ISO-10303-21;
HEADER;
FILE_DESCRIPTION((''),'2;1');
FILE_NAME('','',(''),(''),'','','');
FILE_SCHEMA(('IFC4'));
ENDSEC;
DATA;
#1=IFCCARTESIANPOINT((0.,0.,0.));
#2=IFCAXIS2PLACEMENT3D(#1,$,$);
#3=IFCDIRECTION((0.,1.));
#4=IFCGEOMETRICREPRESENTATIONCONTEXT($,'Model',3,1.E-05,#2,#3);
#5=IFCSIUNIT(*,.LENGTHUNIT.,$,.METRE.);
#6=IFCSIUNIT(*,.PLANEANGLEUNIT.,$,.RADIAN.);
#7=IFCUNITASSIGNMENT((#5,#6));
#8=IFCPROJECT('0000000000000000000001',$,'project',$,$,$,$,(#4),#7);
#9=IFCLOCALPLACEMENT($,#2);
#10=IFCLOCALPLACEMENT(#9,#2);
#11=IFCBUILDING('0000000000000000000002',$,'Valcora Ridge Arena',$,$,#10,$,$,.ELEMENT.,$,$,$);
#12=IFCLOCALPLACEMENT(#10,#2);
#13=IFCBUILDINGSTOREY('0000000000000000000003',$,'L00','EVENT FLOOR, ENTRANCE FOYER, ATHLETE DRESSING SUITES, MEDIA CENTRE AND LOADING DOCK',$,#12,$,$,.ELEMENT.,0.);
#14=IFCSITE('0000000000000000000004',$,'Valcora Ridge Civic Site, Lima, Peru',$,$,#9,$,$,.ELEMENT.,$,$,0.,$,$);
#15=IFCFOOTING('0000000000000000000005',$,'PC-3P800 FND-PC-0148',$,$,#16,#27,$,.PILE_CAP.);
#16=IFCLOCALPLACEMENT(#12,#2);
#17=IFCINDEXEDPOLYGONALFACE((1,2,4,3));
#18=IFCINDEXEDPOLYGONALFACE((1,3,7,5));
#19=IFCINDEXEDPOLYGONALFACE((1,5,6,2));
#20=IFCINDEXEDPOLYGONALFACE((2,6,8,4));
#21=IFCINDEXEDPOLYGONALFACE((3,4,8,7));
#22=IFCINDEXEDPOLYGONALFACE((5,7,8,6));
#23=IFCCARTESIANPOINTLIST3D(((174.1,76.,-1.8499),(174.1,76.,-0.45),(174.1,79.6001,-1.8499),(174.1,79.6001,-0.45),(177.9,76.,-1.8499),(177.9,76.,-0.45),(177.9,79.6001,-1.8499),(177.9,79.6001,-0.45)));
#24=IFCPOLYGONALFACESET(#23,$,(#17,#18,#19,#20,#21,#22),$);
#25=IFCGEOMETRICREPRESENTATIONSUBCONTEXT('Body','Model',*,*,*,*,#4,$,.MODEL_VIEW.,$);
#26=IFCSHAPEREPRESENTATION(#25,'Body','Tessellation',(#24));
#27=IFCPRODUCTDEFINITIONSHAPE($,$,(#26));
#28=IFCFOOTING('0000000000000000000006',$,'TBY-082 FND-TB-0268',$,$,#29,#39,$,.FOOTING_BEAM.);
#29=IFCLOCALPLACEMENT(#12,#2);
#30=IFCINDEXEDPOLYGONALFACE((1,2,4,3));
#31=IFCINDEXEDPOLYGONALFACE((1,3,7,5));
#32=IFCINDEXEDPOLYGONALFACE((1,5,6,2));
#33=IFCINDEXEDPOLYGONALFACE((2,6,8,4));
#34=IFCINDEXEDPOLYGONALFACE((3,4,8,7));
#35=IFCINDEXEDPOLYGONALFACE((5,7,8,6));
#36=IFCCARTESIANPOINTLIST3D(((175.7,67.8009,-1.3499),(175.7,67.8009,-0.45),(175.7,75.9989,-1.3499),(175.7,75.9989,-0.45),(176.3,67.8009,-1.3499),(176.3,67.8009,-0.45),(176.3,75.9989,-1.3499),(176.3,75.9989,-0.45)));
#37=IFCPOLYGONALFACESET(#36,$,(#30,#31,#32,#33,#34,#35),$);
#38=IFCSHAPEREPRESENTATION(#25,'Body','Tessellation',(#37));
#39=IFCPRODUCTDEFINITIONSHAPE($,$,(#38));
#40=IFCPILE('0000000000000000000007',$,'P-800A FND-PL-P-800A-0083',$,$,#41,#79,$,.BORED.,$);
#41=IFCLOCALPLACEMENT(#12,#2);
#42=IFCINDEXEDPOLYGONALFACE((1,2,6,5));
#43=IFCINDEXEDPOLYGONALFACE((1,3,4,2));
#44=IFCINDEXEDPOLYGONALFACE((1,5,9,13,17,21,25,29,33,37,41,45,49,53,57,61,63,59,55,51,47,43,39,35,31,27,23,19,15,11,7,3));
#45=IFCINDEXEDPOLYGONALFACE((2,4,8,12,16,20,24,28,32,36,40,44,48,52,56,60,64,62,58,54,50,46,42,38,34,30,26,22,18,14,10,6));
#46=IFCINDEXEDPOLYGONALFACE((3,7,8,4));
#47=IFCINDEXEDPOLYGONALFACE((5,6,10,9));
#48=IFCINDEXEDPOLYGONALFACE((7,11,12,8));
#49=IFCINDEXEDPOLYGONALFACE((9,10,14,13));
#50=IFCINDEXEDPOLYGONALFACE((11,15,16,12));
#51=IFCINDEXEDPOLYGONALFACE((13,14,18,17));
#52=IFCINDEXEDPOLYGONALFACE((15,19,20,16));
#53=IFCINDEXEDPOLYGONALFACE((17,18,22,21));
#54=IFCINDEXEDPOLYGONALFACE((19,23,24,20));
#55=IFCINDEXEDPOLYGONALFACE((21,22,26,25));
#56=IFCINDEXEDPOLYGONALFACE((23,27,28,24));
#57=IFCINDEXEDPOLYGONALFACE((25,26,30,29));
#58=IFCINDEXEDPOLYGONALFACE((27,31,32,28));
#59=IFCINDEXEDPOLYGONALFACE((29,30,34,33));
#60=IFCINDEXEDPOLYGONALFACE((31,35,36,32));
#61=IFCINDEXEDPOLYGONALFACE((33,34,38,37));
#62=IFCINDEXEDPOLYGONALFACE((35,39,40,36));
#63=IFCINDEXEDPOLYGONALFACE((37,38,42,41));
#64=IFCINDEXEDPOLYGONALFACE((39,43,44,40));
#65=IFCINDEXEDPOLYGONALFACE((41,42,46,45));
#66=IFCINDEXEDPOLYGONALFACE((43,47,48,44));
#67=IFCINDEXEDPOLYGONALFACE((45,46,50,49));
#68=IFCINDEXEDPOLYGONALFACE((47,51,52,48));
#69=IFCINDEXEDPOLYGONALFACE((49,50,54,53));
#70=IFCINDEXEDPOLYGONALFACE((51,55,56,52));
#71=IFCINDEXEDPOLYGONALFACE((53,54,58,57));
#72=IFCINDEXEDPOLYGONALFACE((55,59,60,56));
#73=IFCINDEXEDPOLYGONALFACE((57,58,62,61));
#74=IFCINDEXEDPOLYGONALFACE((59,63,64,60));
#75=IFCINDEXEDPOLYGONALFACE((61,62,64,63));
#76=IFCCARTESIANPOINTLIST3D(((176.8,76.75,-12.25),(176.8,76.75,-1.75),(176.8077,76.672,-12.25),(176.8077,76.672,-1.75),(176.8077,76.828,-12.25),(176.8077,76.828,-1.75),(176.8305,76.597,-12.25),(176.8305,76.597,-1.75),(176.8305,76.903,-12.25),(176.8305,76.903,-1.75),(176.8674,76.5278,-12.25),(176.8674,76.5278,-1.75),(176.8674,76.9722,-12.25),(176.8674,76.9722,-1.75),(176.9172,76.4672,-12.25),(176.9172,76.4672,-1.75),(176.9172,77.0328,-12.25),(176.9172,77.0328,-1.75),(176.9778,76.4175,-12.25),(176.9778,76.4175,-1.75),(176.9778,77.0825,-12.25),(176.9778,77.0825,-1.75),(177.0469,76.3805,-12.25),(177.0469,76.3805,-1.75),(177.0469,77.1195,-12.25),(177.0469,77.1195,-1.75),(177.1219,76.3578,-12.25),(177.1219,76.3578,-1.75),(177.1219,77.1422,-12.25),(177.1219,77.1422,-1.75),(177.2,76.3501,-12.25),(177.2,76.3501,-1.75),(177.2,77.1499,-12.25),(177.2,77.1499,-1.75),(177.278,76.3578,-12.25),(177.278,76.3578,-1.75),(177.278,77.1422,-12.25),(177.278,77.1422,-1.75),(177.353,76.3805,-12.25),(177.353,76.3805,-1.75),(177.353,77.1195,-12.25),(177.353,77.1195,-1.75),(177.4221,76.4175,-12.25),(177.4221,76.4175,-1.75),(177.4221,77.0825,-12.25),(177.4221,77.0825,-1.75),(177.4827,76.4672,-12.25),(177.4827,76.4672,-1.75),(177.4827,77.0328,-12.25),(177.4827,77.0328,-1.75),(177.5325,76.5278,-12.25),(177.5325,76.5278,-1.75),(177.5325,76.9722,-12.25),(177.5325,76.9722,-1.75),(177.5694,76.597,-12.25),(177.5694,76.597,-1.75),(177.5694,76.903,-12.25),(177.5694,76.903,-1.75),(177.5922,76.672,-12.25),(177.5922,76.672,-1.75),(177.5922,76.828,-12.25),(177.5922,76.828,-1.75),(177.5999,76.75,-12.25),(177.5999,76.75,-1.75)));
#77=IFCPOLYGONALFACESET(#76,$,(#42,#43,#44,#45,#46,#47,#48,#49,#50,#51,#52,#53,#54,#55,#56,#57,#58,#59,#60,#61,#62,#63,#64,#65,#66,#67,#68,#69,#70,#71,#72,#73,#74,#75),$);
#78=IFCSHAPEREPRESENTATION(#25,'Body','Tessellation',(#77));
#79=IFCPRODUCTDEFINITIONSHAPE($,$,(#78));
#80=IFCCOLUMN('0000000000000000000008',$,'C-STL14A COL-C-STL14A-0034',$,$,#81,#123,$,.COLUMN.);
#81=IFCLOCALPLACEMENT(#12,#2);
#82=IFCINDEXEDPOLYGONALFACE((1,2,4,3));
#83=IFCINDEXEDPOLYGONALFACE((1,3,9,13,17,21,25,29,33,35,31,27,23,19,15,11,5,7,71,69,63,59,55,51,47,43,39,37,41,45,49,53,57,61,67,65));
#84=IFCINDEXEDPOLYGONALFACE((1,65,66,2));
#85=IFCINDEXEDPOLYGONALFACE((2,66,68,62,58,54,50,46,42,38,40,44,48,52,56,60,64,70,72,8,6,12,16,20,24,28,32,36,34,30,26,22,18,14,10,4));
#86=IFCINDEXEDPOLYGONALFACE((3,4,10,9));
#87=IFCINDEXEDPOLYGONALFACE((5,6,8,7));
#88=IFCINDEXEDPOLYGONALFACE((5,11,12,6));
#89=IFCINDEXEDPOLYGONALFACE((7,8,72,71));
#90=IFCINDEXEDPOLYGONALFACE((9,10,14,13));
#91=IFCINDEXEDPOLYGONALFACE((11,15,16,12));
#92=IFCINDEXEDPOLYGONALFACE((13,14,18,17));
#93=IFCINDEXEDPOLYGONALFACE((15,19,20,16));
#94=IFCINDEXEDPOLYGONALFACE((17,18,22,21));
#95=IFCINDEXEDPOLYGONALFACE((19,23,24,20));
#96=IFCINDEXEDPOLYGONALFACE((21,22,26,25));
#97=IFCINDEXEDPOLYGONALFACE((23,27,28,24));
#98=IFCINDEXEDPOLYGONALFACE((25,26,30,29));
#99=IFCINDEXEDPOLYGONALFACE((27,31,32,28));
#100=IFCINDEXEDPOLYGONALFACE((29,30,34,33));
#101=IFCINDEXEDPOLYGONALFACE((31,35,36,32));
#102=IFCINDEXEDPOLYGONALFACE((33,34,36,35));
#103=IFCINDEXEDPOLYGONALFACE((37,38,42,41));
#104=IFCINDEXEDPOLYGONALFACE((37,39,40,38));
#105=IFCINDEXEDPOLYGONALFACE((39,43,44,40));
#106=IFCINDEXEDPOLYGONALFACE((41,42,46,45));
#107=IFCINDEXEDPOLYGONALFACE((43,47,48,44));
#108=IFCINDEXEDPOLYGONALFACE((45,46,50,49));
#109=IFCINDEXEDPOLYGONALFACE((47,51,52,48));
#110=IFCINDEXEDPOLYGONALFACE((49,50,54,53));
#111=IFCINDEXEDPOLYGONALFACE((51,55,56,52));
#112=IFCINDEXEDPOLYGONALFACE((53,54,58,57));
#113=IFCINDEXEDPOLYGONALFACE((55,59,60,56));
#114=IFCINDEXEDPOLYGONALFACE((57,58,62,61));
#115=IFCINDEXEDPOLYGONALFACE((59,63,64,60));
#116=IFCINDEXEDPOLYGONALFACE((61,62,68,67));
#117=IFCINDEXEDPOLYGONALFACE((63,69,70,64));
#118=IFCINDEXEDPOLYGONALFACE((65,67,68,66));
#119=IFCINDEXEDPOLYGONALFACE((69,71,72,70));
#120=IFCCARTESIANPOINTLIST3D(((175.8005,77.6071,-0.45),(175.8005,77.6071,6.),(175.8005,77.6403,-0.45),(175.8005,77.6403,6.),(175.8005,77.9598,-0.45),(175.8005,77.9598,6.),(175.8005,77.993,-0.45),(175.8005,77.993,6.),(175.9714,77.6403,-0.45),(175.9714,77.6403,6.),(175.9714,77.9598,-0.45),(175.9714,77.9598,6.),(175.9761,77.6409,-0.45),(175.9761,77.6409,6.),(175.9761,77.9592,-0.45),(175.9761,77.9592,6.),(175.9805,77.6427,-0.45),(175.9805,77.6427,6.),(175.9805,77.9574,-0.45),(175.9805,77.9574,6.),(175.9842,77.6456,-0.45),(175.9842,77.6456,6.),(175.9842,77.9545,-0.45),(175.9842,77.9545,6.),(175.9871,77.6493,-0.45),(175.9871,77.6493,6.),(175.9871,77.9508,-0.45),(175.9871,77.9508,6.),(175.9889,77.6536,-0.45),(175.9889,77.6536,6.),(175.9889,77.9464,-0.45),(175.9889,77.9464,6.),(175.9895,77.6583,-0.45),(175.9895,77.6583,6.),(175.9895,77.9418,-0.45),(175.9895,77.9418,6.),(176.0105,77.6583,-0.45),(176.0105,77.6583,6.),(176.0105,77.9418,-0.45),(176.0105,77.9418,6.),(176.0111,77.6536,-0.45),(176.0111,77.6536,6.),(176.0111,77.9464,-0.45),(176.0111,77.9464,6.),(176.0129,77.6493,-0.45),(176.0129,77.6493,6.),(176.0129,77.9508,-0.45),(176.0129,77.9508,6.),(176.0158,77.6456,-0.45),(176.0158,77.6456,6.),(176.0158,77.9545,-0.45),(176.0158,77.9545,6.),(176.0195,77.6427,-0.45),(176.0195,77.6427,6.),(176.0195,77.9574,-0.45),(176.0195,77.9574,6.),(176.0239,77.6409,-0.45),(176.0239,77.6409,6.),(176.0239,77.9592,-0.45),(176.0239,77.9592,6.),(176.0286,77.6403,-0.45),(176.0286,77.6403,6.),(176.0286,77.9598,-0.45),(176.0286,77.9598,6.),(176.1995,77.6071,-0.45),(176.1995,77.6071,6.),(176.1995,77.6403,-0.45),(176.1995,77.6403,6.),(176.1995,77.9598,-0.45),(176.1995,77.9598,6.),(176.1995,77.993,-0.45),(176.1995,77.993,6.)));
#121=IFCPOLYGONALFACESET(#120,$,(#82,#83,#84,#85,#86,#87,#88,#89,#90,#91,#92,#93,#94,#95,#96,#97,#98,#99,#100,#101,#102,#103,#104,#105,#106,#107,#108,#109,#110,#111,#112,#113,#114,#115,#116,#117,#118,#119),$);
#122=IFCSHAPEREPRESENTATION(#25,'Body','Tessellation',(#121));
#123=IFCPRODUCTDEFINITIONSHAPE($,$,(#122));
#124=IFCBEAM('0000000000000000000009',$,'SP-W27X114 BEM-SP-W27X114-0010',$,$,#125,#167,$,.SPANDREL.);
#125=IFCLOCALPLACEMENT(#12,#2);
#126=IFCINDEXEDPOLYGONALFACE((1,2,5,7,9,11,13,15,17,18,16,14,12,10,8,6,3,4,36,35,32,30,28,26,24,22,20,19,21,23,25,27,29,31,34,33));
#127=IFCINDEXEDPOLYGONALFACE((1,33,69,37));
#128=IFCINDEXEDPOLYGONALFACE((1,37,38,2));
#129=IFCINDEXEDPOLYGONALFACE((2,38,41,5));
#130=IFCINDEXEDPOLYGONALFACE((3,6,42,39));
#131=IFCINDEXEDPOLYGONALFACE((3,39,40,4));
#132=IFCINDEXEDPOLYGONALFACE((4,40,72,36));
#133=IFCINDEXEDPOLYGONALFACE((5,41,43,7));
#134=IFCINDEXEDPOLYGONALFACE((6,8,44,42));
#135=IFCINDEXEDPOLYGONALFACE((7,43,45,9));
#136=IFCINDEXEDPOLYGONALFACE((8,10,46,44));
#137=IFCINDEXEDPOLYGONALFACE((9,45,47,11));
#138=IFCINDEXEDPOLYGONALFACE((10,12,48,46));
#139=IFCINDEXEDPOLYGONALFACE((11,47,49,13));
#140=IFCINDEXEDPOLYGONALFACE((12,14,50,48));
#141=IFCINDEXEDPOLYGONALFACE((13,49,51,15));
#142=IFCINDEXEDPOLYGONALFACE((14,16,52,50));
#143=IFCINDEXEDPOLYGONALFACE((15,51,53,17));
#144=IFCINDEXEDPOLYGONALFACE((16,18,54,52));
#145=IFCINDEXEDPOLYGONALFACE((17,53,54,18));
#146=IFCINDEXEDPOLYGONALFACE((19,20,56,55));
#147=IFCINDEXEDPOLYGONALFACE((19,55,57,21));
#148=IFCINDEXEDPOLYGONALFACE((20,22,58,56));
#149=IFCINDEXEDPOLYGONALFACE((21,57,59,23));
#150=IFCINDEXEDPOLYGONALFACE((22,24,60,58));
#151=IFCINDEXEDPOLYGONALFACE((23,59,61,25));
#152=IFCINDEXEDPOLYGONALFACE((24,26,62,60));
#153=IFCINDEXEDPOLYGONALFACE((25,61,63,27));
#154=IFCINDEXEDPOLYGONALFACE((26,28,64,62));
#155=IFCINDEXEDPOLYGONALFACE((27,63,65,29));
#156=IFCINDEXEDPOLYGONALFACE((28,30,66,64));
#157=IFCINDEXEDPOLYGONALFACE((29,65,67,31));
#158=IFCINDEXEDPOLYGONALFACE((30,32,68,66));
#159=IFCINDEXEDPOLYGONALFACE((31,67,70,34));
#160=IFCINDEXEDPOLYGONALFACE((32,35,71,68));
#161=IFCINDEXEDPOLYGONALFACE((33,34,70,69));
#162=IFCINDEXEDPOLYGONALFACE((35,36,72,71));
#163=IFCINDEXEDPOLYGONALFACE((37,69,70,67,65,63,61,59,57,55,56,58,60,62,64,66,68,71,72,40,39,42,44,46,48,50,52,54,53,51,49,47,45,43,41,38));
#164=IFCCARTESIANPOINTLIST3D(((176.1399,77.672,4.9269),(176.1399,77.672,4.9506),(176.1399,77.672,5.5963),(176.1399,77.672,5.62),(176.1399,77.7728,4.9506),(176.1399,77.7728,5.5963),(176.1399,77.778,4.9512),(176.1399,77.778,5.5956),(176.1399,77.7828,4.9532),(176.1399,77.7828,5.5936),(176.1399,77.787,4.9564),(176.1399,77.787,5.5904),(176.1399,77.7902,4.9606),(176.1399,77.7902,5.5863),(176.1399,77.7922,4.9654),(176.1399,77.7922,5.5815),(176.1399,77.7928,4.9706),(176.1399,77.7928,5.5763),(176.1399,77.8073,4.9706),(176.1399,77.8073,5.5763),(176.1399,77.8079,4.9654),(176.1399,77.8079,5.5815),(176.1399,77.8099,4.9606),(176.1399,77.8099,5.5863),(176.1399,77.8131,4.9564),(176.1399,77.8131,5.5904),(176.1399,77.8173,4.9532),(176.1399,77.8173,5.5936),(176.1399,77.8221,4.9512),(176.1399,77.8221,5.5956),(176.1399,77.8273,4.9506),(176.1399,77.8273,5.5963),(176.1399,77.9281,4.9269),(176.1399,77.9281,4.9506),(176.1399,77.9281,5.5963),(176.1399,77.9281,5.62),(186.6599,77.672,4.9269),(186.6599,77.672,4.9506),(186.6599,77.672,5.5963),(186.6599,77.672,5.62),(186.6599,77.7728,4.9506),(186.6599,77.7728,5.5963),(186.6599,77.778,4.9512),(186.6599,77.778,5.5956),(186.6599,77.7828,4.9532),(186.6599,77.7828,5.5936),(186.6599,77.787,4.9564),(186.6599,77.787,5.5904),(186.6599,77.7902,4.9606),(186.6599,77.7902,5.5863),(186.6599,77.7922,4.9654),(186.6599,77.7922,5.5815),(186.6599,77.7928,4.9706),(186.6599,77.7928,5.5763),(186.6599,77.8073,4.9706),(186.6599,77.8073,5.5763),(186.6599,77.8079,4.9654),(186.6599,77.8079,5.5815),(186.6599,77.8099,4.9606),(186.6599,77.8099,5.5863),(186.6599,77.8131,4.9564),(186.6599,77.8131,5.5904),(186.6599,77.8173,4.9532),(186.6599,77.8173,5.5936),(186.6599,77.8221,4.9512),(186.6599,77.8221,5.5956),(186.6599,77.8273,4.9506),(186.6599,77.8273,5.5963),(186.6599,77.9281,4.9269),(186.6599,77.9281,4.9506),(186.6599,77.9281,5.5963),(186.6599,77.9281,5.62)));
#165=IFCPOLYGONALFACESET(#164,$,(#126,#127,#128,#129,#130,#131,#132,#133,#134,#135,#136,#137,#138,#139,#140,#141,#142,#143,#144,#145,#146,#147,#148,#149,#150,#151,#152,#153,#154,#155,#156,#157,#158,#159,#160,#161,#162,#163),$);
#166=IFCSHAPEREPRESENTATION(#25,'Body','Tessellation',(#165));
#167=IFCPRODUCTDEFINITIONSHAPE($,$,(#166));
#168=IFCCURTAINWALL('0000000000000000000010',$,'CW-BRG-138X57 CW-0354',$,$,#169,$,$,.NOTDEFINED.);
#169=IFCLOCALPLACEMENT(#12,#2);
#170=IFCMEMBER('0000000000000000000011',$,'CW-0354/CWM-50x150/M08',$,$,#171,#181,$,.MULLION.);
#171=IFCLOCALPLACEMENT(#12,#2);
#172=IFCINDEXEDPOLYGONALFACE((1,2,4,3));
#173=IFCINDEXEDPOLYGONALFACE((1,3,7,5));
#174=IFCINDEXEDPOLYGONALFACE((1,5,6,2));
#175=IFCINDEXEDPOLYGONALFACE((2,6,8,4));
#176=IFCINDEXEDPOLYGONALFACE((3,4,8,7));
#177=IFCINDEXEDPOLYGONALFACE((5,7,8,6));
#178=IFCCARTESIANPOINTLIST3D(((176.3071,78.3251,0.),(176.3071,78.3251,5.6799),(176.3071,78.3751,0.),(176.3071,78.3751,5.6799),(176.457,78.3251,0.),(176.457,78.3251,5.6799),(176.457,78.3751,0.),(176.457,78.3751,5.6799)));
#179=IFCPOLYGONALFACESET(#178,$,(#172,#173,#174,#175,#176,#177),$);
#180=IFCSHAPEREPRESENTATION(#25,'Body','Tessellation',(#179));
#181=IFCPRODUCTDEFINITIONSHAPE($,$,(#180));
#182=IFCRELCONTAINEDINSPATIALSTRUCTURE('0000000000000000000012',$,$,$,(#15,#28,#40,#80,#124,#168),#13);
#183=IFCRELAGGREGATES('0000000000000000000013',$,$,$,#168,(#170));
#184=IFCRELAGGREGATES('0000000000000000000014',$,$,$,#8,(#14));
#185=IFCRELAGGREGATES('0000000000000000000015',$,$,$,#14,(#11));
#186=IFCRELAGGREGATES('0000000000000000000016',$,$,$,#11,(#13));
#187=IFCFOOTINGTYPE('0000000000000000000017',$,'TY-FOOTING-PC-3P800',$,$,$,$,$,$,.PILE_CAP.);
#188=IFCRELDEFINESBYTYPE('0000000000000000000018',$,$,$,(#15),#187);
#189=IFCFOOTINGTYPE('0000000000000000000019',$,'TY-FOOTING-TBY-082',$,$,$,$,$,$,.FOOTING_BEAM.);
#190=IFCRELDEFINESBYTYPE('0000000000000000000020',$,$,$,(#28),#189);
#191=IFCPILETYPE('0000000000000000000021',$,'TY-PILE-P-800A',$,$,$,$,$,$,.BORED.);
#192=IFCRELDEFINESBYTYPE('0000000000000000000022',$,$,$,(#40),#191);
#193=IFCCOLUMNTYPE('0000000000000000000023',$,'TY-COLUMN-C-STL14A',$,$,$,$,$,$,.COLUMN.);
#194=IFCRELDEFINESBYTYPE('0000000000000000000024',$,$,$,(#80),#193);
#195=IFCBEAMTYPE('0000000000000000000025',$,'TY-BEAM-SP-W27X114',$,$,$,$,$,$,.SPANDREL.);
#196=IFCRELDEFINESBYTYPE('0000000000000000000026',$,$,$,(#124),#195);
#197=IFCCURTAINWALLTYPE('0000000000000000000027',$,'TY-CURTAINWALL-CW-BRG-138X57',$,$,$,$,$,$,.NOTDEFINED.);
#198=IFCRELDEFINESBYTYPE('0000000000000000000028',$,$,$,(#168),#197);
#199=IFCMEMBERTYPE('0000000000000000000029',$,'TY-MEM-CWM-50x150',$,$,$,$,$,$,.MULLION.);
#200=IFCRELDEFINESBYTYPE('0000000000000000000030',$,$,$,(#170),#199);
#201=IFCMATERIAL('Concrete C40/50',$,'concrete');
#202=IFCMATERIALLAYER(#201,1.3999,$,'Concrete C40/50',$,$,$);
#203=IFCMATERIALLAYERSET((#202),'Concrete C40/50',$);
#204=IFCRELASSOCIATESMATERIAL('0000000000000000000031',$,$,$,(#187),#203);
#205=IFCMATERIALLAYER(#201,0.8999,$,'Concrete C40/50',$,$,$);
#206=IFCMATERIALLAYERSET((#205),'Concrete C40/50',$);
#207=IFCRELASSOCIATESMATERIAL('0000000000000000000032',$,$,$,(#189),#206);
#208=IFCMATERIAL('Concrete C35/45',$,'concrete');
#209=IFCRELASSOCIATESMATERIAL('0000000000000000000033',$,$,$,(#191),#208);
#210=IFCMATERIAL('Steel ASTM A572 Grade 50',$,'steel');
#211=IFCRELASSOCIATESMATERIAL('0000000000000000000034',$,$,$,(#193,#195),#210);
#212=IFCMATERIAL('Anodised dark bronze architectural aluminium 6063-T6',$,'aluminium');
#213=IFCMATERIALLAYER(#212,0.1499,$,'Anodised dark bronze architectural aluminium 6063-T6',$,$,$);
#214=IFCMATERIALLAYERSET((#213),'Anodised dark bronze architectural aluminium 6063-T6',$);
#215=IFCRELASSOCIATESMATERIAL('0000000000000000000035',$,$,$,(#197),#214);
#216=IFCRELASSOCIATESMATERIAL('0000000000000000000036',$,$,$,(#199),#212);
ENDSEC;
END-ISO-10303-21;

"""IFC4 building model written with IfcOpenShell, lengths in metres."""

from ifc_helpers import new_model, si_unit, direction, frame, origin, origin_2d, place, context, subcontext, project, spatial, rectangle, circle, i_section, extrude, material, layer, layer_set, material_profile, profile_set, type_object, element, aggregate, save


model = new_model("IFC4")

# Units and contexts
model_context = context("Model", 3, precision=1e-05, world=origin(), true_north=direction((0.0, 1.0)))
body_context = subcontext(model_context, "Body", "Model", "MODEL_VIEW")
ifc_project = project(units=[si_unit("LENGTHUNIT", "METRE"), si_unit("PLANEANGLEUNIT", "RADIAN")], contexts=[model_context])

# Site, building, storey
site_placement = place(None, origin())
site = spatial("IfcSite", under=ifc_project, at=site_placement, Name="Valcora Ridge Civic Site, Lima, Peru", CompositionType="ELEMENT", RefElevation=0.0)
building_placement = place(site_placement, origin())
building = spatial("IfcBuilding", under=site, at=building_placement, Name="Valcora Ridge Arena", CompositionType="ELEMENT")
storey_placement = place(building_placement, origin())
storey = spatial("IfcBuildingStorey", under=building, at=storey_placement, Name="L00", Description="EVENT FLOOR, ENTRANCE FOYER, ATHLETE DRESSING SUITES, MEDIA CENTRE AND LOADING DOCK", CompositionType="ELEMENT", Elevation=0.0)

# Footings
ifc_material_1 = material(Name="Concrete C40/50", Category="concrete")
ifc_layer_1 = layer(ifc_material_1, 1.3999, Name="Concrete C40/50")
ifc_layer_set_1 = layer_set([ifc_layer_1], Name="Concrete C40/50")
footing_type_1 = type_object("IfcFootingType", Name="TY-FOOTING-PC-3P800", PredefinedType="PILE_CAP", material=ifc_layer_set_1)
footing_1_placement = place(storey_placement, frame((176.0, 77.8, -1.8499), z_axis=(0.0, 0.0, 1.0), x_axis=(1.0, 0.0, 0.0)))
element("IfcFooting", 1, at=footing_1_placement, inside=storey, type_object=footing_type_1, Name="PC-3P800 FND-PC-0148", PredefinedType="PILE_CAP", context=body_context, shape_type="SweptSolid", body=[
    extrude(rectangle(XDim=3.8, YDim=3.6001, at=origin_2d()), origin(), (0.0, 0.0, 1.0), 1.3999),
])
ifc_layer_2 = layer(ifc_material_1, 0.8999, Name="Concrete C40/50")
ifc_layer_set_2 = layer_set([ifc_layer_2], Name="Concrete C40/50")
footing_type_2 = type_object("IfcFootingType", Name="TY-FOOTING-TBY-082", PredefinedType="FOOTING_BEAM", material=ifc_layer_set_2)
footing_2_placement = place(storey_placement, frame((176.0, 71.8999, -1.3499), z_axis=(0.0, 0.0, 1.0), x_axis=(1.0, 0.0, 0.0)))
element("IfcFooting", 2, at=footing_2_placement, inside=storey, type_object=footing_type_2, Name="TBY-082 FND-TB-0268", PredefinedType="FOOTING_BEAM", context=body_context, shape_type="SweptSolid", body=[
    extrude(rectangle(XDim=0.6001, YDim=8.198, at=origin_2d()), origin(), (0.0, 0.0, 1.0), 0.8999),
])

# Pile
ifc_material_2 = material(Name="Concrete C35/45", Category="concrete")
ifc_material_profile_1 = material_profile(ifc_material_2, circle(Radius=0.3999, at=origin_2d()), Name="BORED PILE D800")
ifc_profile_set_1 = profile_set([ifc_material_profile_1], Name="Concrete C35/45")
pile_type = type_object("IfcPileType", Name="TY-PILE-P-800A", PredefinedType="BORED", material=ifc_profile_set_1)
pile_placement = place(storey_placement, frame((177.2, 76.75, -1.75), z_axis=(0.0, 0.0, -1.0), x_axis=(1.0, 0.0, 0.0)))
element("IfcPile", 3, at=pile_placement, inside=storey, type_object=pile_type, Name="P-800A FND-PL-P-800A-0083", PredefinedType="BORED", context=body_context, shape_type="SweptSolid", body=[
    extrude(circle(Radius=0.3999, at=origin_2d()), origin(), (0.0, 0.0, 1.0), 10.5),
])

# Column
ifc_material_3 = material(Name="Steel ASTM A572 Grade 50", Category="steel")
ifc_material_profile_2 = material_profile(ifc_material_3, i_section(OverallWidth=0.3989, OverallDepth=0.386, WebThickness=0.021, FlangeThickness=0.0332, FilletRadius=0.0181, at=origin_2d()), Name="W14X176")
ifc_profile_set_2 = profile_set([ifc_material_profile_2], Name="Steel ASTM A572 Grade 50")
column_type = type_object("IfcColumnType", Name="TY-COLUMN-C-STL14A", PredefinedType="COLUMN", material=ifc_profile_set_2)
column_placement = place(storey_placement, frame((176.0, 77.8, -0.45), z_axis=(0.0, 0.0, 1.0), x_axis=(1.0, 0.0, 0.0)))
element("IfcColumn", 4, at=column_placement, inside=storey, type_object=column_type, Name="C-STL14A COL-C-STL14A-0034", PredefinedType="COLUMN", context=body_context, shape_type="SweptSolid", body=[
    extrude(i_section(OverallWidth=0.3989, OverallDepth=0.386, WebThickness=0.021, FlangeThickness=0.0332, FilletRadius=0.0181, at=origin_2d()), origin(), (0.0, 0.0, 1.0), 6.45),
])

# Beam
ifc_material_profile_3 = material_profile(ifc_material_3, i_section(OverallWidth=0.2561, OverallDepth=0.6931, WebThickness=0.0144, FlangeThickness=0.0237, FilletRadius=0.02, at=origin_2d()), Name="W27X114")
ifc_profile_set_3 = profile_set([ifc_material_profile_3], Name="Steel ASTM A572 Grade 50")
beam_type = type_object("IfcBeamType", Name="TY-BEAM-SP-W27X114", PredefinedType="SPANDREL", material=ifc_profile_set_3)
beam_placement = place(storey_placement, frame((176.1399, 77.8, 5.2734), z_axis=(1.0, 0.0, 0.0), x_axis=(0.0, 1.0, 0.0)))
element("IfcBeam", 5, at=beam_placement, inside=storey, type_object=beam_type, Name="SP-W27X114 BEM-SP-W27X114-0010", PredefinedType="SPANDREL", context=body_context, shape_type="SweptSolid", body=[
    extrude(i_section(OverallWidth=0.2561, OverallDepth=0.6931, WebThickness=0.0144, FlangeThickness=0.0237, FilletRadius=0.02, at=origin_2d()), origin(), (0.0, 0.0, 1.0), 10.52),
])

# Curtain wall, member
ifc_material_4 = material(Name="Anodised dark bronze architectural aluminium 6063-T6", Category="aluminium")
ifc_layer_3 = layer(ifc_material_4, 0.1499, Name="Anodised dark bronze architectural aluminium 6063-T6")
ifc_layer_set_3 = layer_set([ifc_layer_3], Name="Anodised dark bronze architectural aluminium 6063-T6")
curtain_wall_type = type_object("IfcCurtainWallType", Name="TY-CURTAINWALL-CW-BRG-138X57", PredefinedType="NOTDEFINED", material=ifc_layer_set_3)
curtain_wall_placement = place(storey_placement, origin())
curtain_wall = element("IfcCurtainWall", 6, at=curtain_wall_placement, inside=storey, type_object=curtain_wall_type, Name="CW-BRG-138X57 CW-0354", PredefinedType="NOTDEFINED")
ifc_material_profile_4 = material_profile(ifc_material_4, rectangle(XDim=0.05, YDim=0.1499, at=origin_2d()), Name="ALU MULLION 50x150")
ifc_profile_set_4 = profile_set([ifc_material_profile_4], Name="Anodised dark bronze architectural aluminium 6063-T6")
member_type_1 = type_object("IfcMemberType", Name="TY-MEM-CWM-50x150", PredefinedType="MULLION", material=ifc_profile_set_4)
member_1_placement = place(storey_placement, frame((176.3821, 78.3501, 0.0), z_axis=(0.0, 0.0, 1.0), x_axis=(0.0, 1.0, 0.0)))
member_1 = element("IfcMember", 7, at=member_1_placement, type_object=member_type_1, Name="CW-0354/CWM-50x150/M08", PredefinedType="MULLION", context=body_context, shape_type="SweptSolid", body=[
    extrude(rectangle(XDim=0.05, YDim=0.1499, at=origin_2d()), origin(), (0.0, 0.0, 1.0), 5.6799),
])
aggregate(curtain_wall, [member_1])

save(model, "model.ifc")
